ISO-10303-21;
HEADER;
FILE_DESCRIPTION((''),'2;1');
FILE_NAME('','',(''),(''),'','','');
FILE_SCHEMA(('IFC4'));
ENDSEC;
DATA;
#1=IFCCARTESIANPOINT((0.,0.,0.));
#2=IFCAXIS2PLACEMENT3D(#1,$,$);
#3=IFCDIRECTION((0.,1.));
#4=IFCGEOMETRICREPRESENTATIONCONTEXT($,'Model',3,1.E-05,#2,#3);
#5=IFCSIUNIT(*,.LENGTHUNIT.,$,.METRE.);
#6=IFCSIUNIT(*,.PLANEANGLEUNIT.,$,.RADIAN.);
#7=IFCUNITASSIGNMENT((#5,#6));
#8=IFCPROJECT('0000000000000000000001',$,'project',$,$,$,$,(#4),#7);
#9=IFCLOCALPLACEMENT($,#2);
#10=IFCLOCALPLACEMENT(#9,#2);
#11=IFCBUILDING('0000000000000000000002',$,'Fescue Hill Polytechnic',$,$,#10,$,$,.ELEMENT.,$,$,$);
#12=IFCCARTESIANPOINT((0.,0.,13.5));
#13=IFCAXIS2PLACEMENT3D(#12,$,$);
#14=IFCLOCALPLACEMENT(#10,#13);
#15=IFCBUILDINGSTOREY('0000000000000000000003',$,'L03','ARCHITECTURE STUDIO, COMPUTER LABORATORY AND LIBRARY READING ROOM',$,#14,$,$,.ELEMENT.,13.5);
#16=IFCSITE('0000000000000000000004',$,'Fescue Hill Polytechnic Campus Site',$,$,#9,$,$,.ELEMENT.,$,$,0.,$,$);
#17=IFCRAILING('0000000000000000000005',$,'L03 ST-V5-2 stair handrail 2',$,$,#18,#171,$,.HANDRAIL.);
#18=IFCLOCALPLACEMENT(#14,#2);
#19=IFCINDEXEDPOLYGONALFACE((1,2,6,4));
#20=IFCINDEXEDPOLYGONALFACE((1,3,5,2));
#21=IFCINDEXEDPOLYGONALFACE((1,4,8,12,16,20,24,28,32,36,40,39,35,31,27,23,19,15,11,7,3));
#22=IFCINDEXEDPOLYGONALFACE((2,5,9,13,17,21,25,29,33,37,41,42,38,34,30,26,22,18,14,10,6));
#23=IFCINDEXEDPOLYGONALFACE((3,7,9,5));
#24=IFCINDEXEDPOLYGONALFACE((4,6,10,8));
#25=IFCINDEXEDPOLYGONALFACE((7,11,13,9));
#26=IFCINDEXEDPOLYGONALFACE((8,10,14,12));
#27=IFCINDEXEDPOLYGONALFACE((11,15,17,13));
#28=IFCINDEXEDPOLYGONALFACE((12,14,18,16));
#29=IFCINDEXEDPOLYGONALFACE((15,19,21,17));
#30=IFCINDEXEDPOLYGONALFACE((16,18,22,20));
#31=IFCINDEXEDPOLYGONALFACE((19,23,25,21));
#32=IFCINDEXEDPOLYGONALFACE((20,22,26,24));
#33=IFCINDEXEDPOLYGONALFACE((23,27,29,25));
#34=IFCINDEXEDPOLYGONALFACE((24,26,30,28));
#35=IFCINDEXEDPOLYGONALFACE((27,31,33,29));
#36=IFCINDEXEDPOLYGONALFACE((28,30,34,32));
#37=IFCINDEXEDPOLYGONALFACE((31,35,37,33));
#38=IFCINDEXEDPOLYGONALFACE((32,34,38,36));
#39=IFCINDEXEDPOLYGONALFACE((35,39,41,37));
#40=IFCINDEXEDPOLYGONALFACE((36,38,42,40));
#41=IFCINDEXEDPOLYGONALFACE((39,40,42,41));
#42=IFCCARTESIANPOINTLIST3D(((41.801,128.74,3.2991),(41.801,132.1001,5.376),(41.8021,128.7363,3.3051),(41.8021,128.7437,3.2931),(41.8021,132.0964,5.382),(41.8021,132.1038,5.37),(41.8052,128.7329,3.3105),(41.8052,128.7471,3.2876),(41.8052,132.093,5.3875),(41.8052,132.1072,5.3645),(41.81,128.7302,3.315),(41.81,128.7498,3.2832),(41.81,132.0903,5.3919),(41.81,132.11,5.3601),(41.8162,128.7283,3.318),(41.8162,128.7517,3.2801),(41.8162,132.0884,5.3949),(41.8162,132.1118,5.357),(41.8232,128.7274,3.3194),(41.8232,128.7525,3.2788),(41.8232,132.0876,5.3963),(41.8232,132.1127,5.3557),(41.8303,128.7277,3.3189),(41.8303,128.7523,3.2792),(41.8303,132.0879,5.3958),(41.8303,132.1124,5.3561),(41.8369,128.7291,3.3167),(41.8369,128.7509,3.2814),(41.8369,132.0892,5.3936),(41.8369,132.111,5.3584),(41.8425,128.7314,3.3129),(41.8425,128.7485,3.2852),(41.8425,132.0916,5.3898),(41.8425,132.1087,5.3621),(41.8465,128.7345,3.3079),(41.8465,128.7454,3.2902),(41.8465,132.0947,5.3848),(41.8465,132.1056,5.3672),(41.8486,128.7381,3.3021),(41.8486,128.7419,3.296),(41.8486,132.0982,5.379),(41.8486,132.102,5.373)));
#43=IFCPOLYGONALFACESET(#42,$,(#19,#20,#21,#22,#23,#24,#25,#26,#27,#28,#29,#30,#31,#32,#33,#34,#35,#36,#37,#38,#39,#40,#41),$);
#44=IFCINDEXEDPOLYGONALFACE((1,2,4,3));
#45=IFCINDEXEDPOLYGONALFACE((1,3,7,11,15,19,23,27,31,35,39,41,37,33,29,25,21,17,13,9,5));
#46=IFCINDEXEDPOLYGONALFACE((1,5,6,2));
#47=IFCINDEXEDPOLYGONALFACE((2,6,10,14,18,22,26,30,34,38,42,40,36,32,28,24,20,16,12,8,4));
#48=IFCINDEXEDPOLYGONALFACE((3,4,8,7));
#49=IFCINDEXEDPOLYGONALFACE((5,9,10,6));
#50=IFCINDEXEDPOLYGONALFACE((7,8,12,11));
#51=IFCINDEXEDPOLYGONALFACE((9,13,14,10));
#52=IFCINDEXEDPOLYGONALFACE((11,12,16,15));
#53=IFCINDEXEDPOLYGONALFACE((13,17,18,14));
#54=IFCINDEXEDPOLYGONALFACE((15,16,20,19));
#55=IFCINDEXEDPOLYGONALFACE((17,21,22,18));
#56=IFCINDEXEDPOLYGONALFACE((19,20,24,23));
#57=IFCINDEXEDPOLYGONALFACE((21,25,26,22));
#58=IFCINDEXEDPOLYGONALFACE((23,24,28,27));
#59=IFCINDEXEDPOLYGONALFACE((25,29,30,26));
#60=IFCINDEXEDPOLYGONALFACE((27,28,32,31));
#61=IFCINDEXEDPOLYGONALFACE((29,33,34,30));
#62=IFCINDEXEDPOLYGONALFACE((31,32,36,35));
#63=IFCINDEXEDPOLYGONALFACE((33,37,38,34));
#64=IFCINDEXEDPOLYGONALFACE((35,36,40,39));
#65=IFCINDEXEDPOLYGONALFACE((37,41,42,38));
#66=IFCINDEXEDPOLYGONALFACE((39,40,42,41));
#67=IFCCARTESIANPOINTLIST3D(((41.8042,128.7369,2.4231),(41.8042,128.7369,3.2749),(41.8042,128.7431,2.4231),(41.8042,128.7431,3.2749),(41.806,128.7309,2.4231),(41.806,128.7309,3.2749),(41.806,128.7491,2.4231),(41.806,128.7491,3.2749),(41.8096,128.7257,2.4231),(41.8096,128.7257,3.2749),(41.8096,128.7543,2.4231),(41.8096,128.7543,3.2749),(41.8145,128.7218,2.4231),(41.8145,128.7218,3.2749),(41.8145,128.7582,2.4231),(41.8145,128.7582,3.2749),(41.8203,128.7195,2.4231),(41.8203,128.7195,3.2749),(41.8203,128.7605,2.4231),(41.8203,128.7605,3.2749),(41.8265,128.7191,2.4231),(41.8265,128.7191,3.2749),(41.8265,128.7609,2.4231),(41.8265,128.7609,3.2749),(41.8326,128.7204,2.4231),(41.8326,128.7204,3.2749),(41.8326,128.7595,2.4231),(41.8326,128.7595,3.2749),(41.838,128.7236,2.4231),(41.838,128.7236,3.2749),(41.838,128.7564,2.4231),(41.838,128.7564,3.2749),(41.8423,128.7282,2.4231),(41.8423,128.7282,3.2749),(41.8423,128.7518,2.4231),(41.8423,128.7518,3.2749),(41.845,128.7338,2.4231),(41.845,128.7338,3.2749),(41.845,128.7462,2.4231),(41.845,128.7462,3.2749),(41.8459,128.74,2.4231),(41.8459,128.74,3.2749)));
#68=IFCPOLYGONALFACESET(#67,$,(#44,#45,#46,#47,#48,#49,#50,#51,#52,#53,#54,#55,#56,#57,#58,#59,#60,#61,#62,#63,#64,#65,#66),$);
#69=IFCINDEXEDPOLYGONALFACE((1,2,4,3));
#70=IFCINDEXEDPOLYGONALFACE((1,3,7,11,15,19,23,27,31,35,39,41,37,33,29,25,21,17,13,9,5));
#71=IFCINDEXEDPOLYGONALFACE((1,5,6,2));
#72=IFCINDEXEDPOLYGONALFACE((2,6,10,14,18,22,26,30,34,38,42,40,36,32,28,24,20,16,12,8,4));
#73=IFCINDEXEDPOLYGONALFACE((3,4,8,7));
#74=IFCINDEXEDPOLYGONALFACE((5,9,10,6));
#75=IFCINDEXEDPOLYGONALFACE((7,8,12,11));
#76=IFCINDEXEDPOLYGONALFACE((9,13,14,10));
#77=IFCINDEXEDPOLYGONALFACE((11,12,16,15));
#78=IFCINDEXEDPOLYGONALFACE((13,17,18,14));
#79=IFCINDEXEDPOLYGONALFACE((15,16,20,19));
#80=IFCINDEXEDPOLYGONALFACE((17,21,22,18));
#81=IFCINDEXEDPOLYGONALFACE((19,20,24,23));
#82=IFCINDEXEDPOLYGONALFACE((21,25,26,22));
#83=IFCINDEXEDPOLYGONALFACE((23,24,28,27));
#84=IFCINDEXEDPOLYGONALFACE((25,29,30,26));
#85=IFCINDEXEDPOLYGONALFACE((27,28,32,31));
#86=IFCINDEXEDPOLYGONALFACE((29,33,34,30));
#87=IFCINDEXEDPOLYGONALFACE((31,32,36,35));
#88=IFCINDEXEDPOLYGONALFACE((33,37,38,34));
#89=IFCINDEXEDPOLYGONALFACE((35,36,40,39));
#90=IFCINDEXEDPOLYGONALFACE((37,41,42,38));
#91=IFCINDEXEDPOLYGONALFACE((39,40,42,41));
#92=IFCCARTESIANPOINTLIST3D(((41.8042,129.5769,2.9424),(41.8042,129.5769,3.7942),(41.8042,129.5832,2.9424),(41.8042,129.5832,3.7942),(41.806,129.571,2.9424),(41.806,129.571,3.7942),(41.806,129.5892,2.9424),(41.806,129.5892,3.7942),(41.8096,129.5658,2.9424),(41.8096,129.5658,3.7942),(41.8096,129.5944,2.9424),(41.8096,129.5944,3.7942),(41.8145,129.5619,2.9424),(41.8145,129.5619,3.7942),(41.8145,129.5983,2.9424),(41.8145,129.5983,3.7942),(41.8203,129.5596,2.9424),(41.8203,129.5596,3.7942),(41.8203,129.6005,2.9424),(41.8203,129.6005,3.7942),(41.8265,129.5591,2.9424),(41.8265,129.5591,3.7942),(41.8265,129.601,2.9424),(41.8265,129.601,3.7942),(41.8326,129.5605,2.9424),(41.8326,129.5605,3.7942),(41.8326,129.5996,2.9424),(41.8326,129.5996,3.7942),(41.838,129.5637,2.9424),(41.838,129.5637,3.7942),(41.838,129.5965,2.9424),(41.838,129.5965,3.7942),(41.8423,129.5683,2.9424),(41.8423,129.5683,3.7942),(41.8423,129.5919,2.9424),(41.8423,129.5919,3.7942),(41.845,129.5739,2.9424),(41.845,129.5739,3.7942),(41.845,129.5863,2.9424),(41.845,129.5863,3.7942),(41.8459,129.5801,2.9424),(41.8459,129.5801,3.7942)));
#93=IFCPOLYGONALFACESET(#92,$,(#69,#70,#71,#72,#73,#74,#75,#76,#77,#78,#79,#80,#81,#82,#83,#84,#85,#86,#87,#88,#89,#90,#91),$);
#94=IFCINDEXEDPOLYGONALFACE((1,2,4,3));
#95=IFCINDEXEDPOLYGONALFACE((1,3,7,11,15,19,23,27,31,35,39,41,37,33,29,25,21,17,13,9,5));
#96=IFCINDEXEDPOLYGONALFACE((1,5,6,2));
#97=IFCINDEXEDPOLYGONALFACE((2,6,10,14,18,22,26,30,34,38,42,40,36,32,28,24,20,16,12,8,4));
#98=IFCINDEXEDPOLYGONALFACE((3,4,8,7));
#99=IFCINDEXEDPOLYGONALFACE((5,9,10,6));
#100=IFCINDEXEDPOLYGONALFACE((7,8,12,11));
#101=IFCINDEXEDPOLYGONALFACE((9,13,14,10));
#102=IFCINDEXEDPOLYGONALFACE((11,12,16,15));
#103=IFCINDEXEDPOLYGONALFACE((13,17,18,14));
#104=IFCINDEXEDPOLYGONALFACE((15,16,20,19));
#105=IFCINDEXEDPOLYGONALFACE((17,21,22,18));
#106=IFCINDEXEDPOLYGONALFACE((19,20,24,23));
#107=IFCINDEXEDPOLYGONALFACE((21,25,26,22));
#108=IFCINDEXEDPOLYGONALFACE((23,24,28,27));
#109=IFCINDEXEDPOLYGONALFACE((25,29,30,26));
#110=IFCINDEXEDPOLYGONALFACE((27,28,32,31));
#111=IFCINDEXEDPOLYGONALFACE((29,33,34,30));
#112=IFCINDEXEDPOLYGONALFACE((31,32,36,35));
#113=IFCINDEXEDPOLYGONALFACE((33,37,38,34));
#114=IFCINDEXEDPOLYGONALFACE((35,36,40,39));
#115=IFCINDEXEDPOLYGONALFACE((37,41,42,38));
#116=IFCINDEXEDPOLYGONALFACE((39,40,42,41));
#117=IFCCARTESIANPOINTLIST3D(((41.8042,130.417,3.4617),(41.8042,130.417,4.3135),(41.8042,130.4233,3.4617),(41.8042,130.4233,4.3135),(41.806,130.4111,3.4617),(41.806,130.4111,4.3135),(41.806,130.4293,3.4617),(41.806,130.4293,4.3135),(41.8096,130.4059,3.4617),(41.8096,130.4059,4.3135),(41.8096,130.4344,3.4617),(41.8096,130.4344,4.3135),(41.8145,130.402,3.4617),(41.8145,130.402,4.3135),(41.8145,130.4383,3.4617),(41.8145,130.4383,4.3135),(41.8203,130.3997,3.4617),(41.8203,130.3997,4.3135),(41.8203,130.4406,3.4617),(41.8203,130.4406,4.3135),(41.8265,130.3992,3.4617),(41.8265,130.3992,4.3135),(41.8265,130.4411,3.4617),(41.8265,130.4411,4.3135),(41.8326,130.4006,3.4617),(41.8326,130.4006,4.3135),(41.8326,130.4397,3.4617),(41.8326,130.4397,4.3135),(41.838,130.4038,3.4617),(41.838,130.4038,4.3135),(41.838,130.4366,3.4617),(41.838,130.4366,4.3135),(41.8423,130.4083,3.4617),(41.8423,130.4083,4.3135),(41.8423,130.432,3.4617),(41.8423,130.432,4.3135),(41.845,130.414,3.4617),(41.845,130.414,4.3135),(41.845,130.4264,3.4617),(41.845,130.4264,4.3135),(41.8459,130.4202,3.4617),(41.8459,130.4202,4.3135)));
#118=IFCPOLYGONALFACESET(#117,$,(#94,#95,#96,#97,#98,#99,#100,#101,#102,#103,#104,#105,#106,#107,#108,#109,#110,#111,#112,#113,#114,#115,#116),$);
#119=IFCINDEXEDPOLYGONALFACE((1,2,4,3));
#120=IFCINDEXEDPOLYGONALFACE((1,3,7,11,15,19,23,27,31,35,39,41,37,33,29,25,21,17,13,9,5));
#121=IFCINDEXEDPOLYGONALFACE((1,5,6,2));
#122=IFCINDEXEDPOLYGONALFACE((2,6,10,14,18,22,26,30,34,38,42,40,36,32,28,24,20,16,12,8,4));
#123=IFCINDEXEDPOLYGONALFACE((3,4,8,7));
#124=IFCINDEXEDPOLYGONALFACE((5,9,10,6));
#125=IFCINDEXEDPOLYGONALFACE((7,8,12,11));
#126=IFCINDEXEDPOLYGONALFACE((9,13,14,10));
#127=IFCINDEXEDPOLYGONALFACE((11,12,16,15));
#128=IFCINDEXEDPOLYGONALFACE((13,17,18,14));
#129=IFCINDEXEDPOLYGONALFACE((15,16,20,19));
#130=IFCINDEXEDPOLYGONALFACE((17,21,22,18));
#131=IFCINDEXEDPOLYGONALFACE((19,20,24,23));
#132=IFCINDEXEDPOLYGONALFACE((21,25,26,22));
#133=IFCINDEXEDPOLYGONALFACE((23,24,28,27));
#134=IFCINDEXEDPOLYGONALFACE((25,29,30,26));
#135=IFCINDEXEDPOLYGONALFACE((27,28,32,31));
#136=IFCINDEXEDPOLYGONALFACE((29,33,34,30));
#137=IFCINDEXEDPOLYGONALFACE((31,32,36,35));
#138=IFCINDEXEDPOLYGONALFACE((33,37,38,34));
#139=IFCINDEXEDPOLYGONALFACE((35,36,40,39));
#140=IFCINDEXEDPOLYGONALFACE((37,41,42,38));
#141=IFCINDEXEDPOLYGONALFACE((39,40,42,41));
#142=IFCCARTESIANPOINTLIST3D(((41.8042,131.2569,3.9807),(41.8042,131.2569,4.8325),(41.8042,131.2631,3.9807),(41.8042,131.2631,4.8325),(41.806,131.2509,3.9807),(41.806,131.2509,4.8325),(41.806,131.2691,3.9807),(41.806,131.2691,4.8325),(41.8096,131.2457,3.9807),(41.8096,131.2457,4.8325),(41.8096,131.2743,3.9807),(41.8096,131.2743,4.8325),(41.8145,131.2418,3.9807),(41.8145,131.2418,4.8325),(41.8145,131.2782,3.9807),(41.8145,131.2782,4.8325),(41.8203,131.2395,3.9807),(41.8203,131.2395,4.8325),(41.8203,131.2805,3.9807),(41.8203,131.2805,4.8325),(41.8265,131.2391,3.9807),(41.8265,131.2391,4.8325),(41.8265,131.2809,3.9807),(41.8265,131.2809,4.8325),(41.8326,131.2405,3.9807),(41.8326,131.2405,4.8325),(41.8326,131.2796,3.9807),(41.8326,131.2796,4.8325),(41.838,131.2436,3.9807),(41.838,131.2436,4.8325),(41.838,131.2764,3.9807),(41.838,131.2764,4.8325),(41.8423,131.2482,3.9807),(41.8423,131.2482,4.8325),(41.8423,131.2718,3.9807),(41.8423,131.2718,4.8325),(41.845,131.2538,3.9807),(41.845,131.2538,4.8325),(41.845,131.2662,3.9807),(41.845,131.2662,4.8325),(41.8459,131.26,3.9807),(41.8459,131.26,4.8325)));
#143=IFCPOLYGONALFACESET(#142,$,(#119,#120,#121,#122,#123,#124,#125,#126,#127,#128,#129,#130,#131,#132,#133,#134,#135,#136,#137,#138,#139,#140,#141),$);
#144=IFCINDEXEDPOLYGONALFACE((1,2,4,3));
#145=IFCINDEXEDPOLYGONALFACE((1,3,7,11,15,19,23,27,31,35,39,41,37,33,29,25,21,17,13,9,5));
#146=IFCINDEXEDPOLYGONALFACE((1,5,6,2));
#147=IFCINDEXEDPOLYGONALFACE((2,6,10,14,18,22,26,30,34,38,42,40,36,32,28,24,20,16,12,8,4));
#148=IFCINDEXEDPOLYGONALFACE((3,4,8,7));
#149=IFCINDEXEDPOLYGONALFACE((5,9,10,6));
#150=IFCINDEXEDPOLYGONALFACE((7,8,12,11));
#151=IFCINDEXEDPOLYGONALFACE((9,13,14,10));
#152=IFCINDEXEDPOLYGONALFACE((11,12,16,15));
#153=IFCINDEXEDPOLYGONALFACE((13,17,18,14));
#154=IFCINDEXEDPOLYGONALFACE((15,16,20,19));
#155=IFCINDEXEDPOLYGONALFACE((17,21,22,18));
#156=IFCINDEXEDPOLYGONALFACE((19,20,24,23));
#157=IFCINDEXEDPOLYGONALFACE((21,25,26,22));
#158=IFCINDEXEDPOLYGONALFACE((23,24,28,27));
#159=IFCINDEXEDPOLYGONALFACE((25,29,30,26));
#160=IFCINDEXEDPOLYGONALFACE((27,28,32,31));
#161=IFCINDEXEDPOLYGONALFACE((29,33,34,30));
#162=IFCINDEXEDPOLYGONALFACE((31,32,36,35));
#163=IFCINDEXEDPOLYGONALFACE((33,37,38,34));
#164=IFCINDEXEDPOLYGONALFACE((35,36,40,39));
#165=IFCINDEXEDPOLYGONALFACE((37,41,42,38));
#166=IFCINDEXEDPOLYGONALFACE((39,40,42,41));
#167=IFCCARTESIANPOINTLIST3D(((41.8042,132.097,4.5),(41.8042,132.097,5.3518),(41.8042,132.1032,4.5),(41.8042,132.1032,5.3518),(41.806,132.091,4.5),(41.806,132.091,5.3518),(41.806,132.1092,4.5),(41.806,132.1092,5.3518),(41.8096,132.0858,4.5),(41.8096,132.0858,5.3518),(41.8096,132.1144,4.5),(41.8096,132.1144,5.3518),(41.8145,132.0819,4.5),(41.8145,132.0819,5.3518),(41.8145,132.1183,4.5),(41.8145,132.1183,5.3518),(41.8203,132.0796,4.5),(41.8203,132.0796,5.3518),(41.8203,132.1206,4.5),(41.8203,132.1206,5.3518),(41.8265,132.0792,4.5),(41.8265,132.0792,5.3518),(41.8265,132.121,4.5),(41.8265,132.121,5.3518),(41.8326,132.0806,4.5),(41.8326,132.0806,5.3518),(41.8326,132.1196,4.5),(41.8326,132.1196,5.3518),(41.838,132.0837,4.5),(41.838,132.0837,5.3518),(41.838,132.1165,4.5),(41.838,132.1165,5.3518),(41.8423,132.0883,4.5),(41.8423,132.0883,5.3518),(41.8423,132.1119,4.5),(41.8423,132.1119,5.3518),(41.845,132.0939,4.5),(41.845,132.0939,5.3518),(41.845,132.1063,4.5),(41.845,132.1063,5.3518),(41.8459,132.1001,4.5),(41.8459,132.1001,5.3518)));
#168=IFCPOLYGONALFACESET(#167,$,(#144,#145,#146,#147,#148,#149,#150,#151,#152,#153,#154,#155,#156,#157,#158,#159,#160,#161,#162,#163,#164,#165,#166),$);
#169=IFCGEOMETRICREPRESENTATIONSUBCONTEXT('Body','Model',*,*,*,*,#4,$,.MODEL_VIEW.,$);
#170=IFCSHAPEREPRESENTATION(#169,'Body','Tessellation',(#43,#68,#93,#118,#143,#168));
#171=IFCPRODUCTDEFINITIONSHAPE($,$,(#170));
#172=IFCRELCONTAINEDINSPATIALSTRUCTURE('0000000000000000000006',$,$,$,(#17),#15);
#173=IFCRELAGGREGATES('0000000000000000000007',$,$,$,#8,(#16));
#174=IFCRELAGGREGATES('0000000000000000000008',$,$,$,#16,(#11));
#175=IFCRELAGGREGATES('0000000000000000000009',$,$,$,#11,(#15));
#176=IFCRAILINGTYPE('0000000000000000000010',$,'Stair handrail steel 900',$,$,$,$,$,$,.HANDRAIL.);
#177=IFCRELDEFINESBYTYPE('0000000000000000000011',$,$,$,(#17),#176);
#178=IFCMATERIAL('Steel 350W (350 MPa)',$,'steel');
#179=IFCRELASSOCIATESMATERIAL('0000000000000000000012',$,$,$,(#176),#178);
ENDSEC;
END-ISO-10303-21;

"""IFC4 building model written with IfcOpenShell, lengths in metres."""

from ifc_helpers import new_model, si_unit, direction, frame, origin, origin_2d, place, context, subcontext, project, spatial, circle, extrude, material, type_object, element, save


model = new_model("IFC4")

# Units and contexts
model_context = context("Model", 3, precision=1e-05, world=origin(), true_north=direction((0.0, 1.0)))
body_context = subcontext(model_context, "Body", "Model", "MODEL_VIEW")
ifc_project = project(units=[si_unit("LENGTHUNIT", "METRE"), si_unit("PLANEANGLEUNIT", "RADIAN")], contexts=[model_context])

# Site, building, storey
site_placement = place(None, origin())
site = spatial("IfcSite", under=ifc_project, at=site_placement, Name="Fescue Hill Polytechnic Campus Site", CompositionType="ELEMENT", RefElevation=0.0)
building_placement = place(site_placement, origin())
building = spatial("IfcBuilding", under=site, at=building_placement, Name="Fescue Hill Polytechnic", CompositionType="ELEMENT")
storey_placement = place(building_placement, frame((0.0, 0.0, 13.5)))
storey = spatial("IfcBuildingStorey", under=building, at=storey_placement, Name="L03", Description="ARCHITECTURE STUDIO, COMPUTER LABORATORY AND LIBRARY READING ROOM", CompositionType="ELEMENT", Elevation=13.5)

# Railing
ifc_material_1 = material(Name="Steel 350W (350 MPa)", Category="steel")
railing_type_1 = type_object("IfcRailingType", Name="Stair handrail steel 900", PredefinedType="HANDRAIL", material=ifc_material_1)
railing_1_placement = place(storey_placement, frame((41.825, 128.74, 2.4231)))
element("IfcRailing", 1, at=railing_1_placement, inside=storey, type_object=railing_type_1, Name="L03 ST-V5-2 stair handrail 2", PredefinedType="HANDRAIL", context=body_context, shape_type="SweptSolid", body=[
    extrude(circle(Radius=0.0239, at=origin_2d()), frame((0.0, 0.0, 0.876), z_axis=(0.0, 0.850623, 0.525776), x_axis=(-1.0, 0.0, 0.0)), (0.0, 0.0, 1.0), 3.9502),
    extrude(circle(Radius=0.021, at=origin_2d()), origin(), (0.0, 0.0, 1.0), 0.8518),
    extrude(circle(Radius=0.021, at=origin_2d()), frame((0.0, 0.8401, 0.5193)), (0.0, 0.0, 1.0), 0.8518),
    extrude(circle(Radius=0.021, at=origin_2d()), frame((0.0, 1.6802, 1.0386)), (0.0, 0.0, 1.0), 0.8518),
    extrude(circle(Radius=0.021, at=origin_2d()), frame((0.0, 2.52, 1.5576)), (0.0, 0.0, 1.0), 0.8518),
    extrude(circle(Radius=0.021, at=origin_2d()), frame((0.0, 3.3601, 2.0769)), (0.0, 0.0, 1.0), 0.8518),
])

save(model, "model.ifc")
